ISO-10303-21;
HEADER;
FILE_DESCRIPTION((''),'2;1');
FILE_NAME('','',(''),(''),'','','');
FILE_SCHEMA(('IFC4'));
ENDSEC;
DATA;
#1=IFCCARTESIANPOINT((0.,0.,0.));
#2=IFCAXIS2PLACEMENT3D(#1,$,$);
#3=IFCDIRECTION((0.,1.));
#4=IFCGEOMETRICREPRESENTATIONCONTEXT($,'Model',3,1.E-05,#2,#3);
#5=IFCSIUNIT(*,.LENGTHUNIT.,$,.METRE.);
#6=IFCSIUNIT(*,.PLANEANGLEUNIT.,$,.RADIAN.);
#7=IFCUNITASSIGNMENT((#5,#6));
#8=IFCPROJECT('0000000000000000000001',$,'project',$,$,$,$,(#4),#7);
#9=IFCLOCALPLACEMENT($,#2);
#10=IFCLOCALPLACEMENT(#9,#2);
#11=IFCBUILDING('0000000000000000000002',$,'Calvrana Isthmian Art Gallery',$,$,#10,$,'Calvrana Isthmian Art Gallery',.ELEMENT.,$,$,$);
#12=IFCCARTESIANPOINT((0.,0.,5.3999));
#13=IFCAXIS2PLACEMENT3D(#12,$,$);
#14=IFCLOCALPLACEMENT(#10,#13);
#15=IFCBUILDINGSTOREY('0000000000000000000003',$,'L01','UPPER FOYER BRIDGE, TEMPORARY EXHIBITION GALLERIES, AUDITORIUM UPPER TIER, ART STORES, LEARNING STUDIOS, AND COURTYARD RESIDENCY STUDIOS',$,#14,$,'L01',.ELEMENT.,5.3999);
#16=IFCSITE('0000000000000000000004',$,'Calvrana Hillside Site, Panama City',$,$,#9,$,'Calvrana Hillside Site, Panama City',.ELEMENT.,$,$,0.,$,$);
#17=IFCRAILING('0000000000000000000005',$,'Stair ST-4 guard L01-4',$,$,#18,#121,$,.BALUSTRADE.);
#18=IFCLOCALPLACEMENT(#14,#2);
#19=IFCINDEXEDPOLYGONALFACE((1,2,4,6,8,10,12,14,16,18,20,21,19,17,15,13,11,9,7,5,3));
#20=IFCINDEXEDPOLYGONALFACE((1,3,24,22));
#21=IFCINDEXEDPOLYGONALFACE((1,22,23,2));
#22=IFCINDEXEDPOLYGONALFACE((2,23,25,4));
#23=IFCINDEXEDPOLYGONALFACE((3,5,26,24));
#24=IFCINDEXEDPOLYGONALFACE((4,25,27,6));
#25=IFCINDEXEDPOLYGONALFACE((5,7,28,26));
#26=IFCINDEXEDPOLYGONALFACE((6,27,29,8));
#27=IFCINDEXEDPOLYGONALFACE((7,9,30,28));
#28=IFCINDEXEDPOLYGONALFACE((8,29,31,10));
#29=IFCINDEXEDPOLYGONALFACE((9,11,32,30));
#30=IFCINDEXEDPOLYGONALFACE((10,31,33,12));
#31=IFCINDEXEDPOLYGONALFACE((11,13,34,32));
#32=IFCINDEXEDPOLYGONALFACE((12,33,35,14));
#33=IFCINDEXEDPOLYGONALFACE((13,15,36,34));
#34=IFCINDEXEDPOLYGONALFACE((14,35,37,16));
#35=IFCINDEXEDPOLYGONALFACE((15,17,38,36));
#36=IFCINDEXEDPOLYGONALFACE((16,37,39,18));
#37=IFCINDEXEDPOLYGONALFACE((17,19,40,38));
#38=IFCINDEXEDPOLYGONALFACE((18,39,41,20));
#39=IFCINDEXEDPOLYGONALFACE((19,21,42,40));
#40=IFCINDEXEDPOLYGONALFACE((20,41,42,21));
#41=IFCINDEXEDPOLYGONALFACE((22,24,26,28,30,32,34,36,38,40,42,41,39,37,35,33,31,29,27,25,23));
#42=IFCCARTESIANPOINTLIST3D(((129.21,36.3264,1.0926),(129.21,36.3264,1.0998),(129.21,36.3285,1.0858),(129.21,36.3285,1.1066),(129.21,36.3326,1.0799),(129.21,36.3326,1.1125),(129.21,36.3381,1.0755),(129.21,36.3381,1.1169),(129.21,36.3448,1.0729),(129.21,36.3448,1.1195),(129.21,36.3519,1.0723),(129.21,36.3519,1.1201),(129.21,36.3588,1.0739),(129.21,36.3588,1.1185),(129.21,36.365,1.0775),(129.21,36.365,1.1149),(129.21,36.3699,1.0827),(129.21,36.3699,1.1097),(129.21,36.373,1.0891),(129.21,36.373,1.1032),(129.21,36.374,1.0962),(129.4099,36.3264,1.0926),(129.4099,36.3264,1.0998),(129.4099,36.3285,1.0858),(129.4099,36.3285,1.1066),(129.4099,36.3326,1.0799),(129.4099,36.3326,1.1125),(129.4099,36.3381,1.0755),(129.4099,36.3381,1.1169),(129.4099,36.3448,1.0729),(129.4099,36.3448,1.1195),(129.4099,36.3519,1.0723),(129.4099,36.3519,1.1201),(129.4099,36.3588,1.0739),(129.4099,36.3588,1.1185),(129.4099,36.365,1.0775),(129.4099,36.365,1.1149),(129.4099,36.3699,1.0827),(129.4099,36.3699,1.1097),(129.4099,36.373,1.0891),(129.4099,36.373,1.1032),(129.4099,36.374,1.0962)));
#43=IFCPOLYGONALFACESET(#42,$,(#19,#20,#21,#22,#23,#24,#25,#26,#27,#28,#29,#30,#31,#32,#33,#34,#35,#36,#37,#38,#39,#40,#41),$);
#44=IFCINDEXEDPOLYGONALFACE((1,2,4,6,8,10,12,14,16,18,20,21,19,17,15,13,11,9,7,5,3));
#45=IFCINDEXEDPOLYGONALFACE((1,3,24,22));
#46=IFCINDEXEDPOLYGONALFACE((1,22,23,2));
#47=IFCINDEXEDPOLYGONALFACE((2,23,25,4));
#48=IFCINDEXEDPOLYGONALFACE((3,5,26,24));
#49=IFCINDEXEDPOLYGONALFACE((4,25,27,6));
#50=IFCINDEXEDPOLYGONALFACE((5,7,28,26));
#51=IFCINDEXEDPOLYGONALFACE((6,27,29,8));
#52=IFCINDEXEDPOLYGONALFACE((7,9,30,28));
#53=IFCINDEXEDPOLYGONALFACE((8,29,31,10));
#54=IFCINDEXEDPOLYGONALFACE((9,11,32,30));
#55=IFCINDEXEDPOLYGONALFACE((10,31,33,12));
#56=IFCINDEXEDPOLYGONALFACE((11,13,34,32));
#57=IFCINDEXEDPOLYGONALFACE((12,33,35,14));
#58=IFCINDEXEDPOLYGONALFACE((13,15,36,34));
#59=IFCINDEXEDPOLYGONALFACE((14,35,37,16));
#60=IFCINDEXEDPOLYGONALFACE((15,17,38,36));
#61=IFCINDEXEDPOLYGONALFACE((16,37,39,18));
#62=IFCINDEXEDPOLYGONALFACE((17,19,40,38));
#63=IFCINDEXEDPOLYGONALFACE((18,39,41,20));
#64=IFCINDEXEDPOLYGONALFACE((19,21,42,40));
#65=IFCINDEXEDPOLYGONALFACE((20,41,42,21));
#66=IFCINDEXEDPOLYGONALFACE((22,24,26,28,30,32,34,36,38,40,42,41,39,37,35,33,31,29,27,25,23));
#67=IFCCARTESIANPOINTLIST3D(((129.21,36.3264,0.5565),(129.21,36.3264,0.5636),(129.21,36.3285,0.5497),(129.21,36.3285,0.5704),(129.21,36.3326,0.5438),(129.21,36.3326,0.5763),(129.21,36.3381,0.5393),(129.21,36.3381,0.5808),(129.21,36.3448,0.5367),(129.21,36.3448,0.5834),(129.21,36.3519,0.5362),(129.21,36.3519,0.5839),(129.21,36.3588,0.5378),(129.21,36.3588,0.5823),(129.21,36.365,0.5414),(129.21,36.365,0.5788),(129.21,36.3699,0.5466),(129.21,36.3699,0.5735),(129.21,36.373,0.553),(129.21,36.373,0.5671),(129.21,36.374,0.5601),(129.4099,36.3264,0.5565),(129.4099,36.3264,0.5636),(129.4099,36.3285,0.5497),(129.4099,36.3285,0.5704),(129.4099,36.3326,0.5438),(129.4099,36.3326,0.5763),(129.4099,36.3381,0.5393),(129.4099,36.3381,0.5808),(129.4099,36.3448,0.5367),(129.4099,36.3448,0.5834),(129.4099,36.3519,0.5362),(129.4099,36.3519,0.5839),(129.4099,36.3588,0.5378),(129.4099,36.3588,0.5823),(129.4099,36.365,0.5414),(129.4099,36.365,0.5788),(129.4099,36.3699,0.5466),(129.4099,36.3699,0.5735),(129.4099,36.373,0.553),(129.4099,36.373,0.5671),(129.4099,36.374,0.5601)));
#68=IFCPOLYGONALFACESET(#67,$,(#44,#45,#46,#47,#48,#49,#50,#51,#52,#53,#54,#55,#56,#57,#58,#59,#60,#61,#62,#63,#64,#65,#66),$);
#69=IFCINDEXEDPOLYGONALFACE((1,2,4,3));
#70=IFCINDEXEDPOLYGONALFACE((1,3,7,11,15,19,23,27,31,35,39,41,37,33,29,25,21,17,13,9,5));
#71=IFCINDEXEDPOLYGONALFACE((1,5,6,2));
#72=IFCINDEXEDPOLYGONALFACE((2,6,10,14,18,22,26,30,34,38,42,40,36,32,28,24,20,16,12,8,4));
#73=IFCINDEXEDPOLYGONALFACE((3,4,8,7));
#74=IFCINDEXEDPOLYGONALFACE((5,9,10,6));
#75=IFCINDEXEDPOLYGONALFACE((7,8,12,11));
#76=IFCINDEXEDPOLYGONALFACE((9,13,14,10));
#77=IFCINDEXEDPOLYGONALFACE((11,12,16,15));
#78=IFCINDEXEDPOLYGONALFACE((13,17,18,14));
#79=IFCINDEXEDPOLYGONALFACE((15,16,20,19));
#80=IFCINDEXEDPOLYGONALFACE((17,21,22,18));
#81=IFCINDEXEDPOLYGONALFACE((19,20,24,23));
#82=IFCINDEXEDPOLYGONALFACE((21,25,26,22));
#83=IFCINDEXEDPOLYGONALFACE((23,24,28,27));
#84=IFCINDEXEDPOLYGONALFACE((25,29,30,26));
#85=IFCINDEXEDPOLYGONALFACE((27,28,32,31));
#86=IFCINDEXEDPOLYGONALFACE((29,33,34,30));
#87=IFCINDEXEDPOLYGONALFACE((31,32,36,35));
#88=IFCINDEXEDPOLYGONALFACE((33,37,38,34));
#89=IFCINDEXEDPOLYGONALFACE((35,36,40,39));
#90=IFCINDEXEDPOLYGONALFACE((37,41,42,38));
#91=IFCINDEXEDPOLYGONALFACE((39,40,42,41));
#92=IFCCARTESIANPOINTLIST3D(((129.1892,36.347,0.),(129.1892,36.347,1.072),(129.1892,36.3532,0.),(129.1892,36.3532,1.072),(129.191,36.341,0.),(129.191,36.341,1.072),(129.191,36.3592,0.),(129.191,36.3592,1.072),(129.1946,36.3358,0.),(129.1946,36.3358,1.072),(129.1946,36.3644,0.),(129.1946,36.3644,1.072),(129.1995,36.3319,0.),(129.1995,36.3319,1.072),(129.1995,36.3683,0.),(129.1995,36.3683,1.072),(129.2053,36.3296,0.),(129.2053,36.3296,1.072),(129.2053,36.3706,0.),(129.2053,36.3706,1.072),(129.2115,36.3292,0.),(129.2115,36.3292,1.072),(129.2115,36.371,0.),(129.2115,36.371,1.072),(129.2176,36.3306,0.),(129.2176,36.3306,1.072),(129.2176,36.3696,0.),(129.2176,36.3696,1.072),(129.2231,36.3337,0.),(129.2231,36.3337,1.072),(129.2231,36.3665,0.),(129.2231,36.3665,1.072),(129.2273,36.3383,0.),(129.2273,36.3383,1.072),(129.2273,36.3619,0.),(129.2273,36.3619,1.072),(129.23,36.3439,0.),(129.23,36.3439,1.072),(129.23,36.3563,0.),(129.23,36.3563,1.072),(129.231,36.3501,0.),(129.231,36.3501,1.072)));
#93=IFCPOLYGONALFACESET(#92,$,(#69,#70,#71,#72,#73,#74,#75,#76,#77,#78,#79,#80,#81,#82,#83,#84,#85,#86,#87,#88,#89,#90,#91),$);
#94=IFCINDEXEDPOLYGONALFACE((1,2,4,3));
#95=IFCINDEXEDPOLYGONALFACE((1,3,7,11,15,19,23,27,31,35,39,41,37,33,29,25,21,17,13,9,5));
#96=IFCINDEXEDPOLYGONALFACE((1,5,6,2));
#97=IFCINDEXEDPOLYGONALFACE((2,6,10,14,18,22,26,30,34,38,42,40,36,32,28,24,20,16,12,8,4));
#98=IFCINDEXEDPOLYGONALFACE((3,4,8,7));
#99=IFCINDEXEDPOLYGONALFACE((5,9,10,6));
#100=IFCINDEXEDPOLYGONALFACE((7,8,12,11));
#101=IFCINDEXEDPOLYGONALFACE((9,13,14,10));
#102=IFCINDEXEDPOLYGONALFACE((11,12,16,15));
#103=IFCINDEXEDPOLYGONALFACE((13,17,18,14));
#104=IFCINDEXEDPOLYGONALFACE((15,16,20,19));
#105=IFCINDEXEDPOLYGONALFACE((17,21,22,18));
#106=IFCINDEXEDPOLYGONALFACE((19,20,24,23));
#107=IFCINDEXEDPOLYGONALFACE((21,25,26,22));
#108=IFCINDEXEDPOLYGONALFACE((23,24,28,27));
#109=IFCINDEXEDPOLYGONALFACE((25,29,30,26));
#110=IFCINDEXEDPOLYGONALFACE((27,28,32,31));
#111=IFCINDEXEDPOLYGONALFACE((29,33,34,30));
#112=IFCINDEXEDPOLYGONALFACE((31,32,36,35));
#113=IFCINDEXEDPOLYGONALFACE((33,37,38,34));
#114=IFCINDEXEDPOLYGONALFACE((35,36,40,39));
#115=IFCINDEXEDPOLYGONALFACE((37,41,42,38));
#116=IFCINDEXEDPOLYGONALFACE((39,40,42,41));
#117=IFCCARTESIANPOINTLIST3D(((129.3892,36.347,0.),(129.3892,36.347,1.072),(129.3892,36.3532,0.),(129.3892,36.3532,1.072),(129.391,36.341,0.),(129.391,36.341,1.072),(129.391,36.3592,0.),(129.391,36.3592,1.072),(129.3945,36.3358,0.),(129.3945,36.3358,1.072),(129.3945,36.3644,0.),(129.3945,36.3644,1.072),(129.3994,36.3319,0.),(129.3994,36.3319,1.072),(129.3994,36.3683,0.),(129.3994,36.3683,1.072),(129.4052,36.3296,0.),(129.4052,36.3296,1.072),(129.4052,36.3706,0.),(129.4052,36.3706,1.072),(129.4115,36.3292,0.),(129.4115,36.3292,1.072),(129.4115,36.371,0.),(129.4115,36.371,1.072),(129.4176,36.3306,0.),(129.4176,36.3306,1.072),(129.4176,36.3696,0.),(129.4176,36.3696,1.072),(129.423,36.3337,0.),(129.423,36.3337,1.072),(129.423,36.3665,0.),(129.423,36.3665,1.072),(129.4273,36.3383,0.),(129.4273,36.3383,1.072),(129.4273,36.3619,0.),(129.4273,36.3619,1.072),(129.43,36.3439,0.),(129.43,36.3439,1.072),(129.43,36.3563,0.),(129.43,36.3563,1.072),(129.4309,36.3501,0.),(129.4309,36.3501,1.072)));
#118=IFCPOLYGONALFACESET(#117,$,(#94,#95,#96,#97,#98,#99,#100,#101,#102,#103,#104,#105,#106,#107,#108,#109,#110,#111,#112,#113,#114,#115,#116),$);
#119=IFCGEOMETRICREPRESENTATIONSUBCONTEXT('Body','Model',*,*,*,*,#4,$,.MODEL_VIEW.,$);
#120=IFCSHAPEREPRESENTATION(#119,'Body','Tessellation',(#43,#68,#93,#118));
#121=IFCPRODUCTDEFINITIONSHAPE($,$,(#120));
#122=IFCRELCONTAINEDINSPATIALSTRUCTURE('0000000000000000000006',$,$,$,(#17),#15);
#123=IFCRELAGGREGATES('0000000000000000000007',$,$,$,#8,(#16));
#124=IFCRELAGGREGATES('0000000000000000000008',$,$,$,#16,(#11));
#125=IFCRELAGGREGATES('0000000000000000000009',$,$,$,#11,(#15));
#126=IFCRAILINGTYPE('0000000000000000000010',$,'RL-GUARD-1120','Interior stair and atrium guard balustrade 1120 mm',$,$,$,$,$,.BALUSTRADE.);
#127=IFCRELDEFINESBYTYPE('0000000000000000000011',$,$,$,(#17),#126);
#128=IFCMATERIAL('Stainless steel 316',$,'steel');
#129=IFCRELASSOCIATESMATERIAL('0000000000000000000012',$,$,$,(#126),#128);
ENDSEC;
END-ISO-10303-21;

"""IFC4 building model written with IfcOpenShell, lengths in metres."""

from ifc_helpers import new_model, si_unit, direction, frame, origin, origin_2d, place, context, subcontext, project, spatial, circle, extrude, material, type_object, element, save


model = new_model("IFC4")

# Units and contexts
model_context = context("Model", 3, precision=1e-05, world=origin(), true_north=direction((0.0, 1.0)))
body_context = subcontext(model_context, "Body", "Model", "MODEL_VIEW")
ifc_project = project(units=[si_unit("LENGTHUNIT", "METRE"), si_unit("PLANEANGLEUNIT", "RADIAN")], contexts=[model_context])

# Site, building, storey
site_placement = place(None, origin())
site = spatial("IfcSite", under=ifc_project, at=site_placement, Name="Calvrana Hillside Site, Panama City", LongName="Calvrana Hillside Site, Panama City", CompositionType="ELEMENT", RefElevation=0.0)
building_placement = place(site_placement, origin())
building = spatial("IfcBuilding", under=site, at=building_placement, Name="Calvrana Isthmian Art Gallery", LongName="Calvrana Isthmian Art Gallery", CompositionType="ELEMENT")
storey_placement = place(building_placement, frame((0.0, 0.0, 5.3999)))
storey = spatial("IfcBuildingStorey", under=building, at=storey_placement, Name="L01", Description="UPPER FOYER BRIDGE, TEMPORARY EXHIBITION GALLERIES, AUDITORIUM UPPER TIER, ART STORES, LEARNING STUDIOS, AND COURTYARD RESIDENCY STUDIOS", LongName="L01", CompositionType="ELEMENT", Elevation=5.3999)

# Shared definitions
ifc_material_1 = material(Name="Stainless steel 316", Category="steel")

# Railing
railing_type_1 = type_object("IfcRailingType", Name="RL-GUARD-1120", Description="Interior stair and atrium guard balustrade 1120 mm", PredefinedType="BALUSTRADE", material=ifc_material_1)
railing_1_placement = place(storey_placement, frame((129.21, 36.3501, 0.0)))
element("IfcRailing", 1, at=railing_1_placement, inside=storey, type_object=railing_type_1, Name="Stair ST-4 guard L01-4", PredefinedType="BALUSTRADE", context=body_context, shape_type="SweptSolid", body=[
    extrude(circle(Radius=0.0239, at=origin_2d()), frame((0.0, 0.0, 1.0962), z_axis=(1.0, 0.0, 0.0), x_axis=(0.0, 1.0, 0.0)), (0.0, 0.0, 1.0), 0.2),
    extrude(circle(Radius=0.0239, at=origin_2d()), frame((0.0, 0.0, 0.5601), z_axis=(1.0, 0.0, 0.0), x_axis=(0.0, 1.0, 0.0)), (0.0, 0.0, 1.0), 0.2),
    extrude(circle(Radius=0.021, at=origin_2d()), origin(), (0.0, 0.0, 1.0), 1.072),
    extrude(circle(Radius=0.021, at=origin_2d()), frame((0.2, 0.0, 0.0)), (0.0, 0.0, 1.0), 1.072),
])

save(model, "model.ifc")
